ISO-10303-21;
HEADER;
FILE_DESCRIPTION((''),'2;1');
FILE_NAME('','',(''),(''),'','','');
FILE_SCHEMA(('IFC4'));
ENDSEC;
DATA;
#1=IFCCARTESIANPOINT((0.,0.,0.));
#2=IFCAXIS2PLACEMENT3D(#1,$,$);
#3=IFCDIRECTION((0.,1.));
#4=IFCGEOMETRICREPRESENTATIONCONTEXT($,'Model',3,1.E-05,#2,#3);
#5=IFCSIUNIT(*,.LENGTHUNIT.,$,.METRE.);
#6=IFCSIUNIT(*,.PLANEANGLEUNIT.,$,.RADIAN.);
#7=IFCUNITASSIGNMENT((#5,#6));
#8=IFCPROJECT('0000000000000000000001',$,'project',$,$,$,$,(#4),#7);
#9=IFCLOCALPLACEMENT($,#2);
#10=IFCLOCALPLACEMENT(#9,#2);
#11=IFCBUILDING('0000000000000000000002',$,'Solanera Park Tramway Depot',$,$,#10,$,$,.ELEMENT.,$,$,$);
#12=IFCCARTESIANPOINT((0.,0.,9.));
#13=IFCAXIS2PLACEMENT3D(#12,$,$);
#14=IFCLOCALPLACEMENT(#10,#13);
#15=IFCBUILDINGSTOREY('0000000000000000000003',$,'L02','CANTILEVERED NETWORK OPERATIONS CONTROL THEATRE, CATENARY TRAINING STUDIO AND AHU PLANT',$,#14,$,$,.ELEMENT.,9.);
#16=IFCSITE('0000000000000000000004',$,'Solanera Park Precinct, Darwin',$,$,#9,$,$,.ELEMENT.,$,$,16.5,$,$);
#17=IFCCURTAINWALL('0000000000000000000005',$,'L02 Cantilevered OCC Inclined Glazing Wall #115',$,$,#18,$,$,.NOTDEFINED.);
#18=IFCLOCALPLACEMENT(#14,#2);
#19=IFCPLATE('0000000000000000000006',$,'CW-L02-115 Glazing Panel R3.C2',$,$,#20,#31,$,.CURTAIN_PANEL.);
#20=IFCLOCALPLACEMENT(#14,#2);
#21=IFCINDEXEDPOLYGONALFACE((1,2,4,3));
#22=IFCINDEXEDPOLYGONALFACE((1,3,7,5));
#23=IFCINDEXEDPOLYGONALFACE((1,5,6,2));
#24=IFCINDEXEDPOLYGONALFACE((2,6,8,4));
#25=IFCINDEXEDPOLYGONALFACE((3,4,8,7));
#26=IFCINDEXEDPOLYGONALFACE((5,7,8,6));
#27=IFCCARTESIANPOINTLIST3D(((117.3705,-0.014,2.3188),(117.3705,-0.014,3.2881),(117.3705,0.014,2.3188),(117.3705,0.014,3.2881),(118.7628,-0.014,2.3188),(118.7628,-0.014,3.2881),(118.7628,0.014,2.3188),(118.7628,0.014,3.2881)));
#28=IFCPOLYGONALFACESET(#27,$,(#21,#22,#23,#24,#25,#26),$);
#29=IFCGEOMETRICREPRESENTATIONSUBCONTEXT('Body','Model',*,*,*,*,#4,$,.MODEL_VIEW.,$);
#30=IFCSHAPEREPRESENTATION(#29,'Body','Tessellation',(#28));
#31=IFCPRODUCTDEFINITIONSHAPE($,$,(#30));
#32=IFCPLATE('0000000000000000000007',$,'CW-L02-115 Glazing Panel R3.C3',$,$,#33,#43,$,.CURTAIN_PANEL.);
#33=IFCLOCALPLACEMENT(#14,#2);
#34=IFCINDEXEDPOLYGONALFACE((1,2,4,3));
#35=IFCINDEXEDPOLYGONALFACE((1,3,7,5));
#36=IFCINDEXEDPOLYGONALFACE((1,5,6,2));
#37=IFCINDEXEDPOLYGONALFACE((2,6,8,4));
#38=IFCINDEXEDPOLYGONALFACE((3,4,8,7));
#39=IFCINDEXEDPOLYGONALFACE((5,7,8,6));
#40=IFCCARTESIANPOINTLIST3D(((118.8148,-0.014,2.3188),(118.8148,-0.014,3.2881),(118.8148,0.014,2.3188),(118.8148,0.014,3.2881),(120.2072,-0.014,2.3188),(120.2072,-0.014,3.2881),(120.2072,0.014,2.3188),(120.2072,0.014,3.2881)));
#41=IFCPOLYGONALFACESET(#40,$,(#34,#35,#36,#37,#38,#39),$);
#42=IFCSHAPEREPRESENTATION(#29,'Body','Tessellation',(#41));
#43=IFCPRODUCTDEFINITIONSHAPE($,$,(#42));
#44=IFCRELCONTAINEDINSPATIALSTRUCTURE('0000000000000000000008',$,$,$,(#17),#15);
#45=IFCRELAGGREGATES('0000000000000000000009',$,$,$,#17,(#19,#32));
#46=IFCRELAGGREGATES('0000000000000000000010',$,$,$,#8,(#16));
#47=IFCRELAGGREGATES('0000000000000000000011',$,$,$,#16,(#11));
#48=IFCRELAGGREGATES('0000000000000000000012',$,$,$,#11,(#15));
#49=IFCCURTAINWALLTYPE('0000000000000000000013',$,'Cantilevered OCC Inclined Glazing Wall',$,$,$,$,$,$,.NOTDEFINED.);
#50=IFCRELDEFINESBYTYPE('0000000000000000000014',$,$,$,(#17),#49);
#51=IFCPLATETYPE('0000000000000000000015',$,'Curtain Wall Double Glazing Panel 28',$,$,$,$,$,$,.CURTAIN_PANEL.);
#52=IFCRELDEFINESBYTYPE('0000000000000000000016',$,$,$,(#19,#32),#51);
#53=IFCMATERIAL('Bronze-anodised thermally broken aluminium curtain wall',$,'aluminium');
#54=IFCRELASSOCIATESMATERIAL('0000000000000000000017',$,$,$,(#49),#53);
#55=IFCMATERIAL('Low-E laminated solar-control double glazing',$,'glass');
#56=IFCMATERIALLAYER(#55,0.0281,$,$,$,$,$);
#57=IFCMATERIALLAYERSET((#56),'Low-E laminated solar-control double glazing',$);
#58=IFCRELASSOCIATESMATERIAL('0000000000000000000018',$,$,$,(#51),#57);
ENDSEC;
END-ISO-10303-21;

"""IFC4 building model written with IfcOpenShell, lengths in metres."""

from ifc_helpers import new_model, si_unit, direction, frame, origin, origin_2d, place, context, subcontext, project, spatial, rectangle, extrude, material, layer, layer_set, type_object, element, aggregate, save


model = new_model("IFC4")

# Units and contexts
model_context = context("Model", 3, precision=1e-05, world=origin(), true_north=direction((0.0, 1.0)))
body_context = subcontext(model_context, "Body", "Model", "MODEL_VIEW")
ifc_project = project(units=[si_unit("LENGTHUNIT", "METRE"), si_unit("PLANEANGLEUNIT", "RADIAN")], contexts=[model_context])

# Site, building, storey
site_placement = place(None, origin())
site = spatial("IfcSite", under=ifc_project, at=site_placement, Name="Solanera Park Precinct, Darwin", CompositionType="ELEMENT", RefElevation=16.5)
building_placement = place(site_placement, origin())
building = spatial("IfcBuilding", under=site, at=building_placement, Name="Solanera Park Tramway Depot", CompositionType="ELEMENT")
storey_placement = place(building_placement, frame((0.0, 0.0, 9.0)))
storey = spatial("IfcBuildingStorey", under=building, at=storey_placement, Name="L02", Description="CANTILEVERED NETWORK OPERATIONS CONTROL THEATRE, CATENARY TRAINING STUDIO AND AHU PLANT", CompositionType="ELEMENT", Elevation=9.0)

# Shared definitions
ifc_material_1 = material(Name="Bronze-anodised thermally broken aluminium curtain wall", Category="aluminium")
curtain_wall_type = type_object("IfcCurtainWallType", Name="Cantilevered OCC Inclined Glazing Wall", PredefinedType="NOTDEFINED", material=ifc_material_1)

# Curtain wall
curtain_wall_1_placement = place(storey_placement, origin())
curtain_wall_1 = element("IfcCurtainWall", 1, at=curtain_wall_1_placement, inside=storey, type_object=curtain_wall_type, Name="L02 Cantilevered OCC Inclined Glazing Wall #115", PredefinedType="NOTDEFINED")

# Plates
ifc_material_2 = material(Name="Low-E laminated solar-control double glazing", Category="glass")
ifc_layer = layer(ifc_material_2, 0.0281)
ifc_layer_set = layer_set([ifc_layer], Name="Low-E laminated solar-control double glazing")
plate_type = type_object("IfcPlateType", Name="Curtain Wall Double Glazing Panel 28", PredefinedType="CURTAIN_PANEL", material=ifc_layer_set)
plate_1_placement = place(storey_placement, frame((118.0667, 0.0, 2.3188), z_axis=(0.0, 0.0, 1.0), x_axis=(1.0, 0.0, 0.0)))
plate_1 = element("IfcPlate", 2, at=plate_1_placement, type_object=plate_type, Name="CW-L02-115 Glazing Panel R3.C2", PredefinedType="CURTAIN_PANEL", context=body_context, shape_type="SweptSolid", body=[
    extrude(rectangle(XDim=1.3923, YDim=0.0281, at=origin_2d()), origin(), (0.0, 0.0, 1.0), 0.9692),
])
plate_2_placement = place(storey_placement, frame((119.511, 0.0, 2.3188), z_axis=(0.0, 0.0, 1.0), x_axis=(1.0, 0.0, 0.0)))
plate_2 = element("IfcPlate", 3, at=plate_2_placement, type_object=plate_type, Name="CW-L02-115 Glazing Panel R3.C3", PredefinedType="CURTAIN_PANEL", context=body_context, shape_type="SweptSolid", body=[
    extrude(rectangle(XDim=1.3923, YDim=0.0281, at=origin_2d()), origin(), (0.0, 0.0, 1.0), 0.9692),
])
aggregate(curtain_wall_1, [plate_1, plate_2])

save(model, "model.ifc")
